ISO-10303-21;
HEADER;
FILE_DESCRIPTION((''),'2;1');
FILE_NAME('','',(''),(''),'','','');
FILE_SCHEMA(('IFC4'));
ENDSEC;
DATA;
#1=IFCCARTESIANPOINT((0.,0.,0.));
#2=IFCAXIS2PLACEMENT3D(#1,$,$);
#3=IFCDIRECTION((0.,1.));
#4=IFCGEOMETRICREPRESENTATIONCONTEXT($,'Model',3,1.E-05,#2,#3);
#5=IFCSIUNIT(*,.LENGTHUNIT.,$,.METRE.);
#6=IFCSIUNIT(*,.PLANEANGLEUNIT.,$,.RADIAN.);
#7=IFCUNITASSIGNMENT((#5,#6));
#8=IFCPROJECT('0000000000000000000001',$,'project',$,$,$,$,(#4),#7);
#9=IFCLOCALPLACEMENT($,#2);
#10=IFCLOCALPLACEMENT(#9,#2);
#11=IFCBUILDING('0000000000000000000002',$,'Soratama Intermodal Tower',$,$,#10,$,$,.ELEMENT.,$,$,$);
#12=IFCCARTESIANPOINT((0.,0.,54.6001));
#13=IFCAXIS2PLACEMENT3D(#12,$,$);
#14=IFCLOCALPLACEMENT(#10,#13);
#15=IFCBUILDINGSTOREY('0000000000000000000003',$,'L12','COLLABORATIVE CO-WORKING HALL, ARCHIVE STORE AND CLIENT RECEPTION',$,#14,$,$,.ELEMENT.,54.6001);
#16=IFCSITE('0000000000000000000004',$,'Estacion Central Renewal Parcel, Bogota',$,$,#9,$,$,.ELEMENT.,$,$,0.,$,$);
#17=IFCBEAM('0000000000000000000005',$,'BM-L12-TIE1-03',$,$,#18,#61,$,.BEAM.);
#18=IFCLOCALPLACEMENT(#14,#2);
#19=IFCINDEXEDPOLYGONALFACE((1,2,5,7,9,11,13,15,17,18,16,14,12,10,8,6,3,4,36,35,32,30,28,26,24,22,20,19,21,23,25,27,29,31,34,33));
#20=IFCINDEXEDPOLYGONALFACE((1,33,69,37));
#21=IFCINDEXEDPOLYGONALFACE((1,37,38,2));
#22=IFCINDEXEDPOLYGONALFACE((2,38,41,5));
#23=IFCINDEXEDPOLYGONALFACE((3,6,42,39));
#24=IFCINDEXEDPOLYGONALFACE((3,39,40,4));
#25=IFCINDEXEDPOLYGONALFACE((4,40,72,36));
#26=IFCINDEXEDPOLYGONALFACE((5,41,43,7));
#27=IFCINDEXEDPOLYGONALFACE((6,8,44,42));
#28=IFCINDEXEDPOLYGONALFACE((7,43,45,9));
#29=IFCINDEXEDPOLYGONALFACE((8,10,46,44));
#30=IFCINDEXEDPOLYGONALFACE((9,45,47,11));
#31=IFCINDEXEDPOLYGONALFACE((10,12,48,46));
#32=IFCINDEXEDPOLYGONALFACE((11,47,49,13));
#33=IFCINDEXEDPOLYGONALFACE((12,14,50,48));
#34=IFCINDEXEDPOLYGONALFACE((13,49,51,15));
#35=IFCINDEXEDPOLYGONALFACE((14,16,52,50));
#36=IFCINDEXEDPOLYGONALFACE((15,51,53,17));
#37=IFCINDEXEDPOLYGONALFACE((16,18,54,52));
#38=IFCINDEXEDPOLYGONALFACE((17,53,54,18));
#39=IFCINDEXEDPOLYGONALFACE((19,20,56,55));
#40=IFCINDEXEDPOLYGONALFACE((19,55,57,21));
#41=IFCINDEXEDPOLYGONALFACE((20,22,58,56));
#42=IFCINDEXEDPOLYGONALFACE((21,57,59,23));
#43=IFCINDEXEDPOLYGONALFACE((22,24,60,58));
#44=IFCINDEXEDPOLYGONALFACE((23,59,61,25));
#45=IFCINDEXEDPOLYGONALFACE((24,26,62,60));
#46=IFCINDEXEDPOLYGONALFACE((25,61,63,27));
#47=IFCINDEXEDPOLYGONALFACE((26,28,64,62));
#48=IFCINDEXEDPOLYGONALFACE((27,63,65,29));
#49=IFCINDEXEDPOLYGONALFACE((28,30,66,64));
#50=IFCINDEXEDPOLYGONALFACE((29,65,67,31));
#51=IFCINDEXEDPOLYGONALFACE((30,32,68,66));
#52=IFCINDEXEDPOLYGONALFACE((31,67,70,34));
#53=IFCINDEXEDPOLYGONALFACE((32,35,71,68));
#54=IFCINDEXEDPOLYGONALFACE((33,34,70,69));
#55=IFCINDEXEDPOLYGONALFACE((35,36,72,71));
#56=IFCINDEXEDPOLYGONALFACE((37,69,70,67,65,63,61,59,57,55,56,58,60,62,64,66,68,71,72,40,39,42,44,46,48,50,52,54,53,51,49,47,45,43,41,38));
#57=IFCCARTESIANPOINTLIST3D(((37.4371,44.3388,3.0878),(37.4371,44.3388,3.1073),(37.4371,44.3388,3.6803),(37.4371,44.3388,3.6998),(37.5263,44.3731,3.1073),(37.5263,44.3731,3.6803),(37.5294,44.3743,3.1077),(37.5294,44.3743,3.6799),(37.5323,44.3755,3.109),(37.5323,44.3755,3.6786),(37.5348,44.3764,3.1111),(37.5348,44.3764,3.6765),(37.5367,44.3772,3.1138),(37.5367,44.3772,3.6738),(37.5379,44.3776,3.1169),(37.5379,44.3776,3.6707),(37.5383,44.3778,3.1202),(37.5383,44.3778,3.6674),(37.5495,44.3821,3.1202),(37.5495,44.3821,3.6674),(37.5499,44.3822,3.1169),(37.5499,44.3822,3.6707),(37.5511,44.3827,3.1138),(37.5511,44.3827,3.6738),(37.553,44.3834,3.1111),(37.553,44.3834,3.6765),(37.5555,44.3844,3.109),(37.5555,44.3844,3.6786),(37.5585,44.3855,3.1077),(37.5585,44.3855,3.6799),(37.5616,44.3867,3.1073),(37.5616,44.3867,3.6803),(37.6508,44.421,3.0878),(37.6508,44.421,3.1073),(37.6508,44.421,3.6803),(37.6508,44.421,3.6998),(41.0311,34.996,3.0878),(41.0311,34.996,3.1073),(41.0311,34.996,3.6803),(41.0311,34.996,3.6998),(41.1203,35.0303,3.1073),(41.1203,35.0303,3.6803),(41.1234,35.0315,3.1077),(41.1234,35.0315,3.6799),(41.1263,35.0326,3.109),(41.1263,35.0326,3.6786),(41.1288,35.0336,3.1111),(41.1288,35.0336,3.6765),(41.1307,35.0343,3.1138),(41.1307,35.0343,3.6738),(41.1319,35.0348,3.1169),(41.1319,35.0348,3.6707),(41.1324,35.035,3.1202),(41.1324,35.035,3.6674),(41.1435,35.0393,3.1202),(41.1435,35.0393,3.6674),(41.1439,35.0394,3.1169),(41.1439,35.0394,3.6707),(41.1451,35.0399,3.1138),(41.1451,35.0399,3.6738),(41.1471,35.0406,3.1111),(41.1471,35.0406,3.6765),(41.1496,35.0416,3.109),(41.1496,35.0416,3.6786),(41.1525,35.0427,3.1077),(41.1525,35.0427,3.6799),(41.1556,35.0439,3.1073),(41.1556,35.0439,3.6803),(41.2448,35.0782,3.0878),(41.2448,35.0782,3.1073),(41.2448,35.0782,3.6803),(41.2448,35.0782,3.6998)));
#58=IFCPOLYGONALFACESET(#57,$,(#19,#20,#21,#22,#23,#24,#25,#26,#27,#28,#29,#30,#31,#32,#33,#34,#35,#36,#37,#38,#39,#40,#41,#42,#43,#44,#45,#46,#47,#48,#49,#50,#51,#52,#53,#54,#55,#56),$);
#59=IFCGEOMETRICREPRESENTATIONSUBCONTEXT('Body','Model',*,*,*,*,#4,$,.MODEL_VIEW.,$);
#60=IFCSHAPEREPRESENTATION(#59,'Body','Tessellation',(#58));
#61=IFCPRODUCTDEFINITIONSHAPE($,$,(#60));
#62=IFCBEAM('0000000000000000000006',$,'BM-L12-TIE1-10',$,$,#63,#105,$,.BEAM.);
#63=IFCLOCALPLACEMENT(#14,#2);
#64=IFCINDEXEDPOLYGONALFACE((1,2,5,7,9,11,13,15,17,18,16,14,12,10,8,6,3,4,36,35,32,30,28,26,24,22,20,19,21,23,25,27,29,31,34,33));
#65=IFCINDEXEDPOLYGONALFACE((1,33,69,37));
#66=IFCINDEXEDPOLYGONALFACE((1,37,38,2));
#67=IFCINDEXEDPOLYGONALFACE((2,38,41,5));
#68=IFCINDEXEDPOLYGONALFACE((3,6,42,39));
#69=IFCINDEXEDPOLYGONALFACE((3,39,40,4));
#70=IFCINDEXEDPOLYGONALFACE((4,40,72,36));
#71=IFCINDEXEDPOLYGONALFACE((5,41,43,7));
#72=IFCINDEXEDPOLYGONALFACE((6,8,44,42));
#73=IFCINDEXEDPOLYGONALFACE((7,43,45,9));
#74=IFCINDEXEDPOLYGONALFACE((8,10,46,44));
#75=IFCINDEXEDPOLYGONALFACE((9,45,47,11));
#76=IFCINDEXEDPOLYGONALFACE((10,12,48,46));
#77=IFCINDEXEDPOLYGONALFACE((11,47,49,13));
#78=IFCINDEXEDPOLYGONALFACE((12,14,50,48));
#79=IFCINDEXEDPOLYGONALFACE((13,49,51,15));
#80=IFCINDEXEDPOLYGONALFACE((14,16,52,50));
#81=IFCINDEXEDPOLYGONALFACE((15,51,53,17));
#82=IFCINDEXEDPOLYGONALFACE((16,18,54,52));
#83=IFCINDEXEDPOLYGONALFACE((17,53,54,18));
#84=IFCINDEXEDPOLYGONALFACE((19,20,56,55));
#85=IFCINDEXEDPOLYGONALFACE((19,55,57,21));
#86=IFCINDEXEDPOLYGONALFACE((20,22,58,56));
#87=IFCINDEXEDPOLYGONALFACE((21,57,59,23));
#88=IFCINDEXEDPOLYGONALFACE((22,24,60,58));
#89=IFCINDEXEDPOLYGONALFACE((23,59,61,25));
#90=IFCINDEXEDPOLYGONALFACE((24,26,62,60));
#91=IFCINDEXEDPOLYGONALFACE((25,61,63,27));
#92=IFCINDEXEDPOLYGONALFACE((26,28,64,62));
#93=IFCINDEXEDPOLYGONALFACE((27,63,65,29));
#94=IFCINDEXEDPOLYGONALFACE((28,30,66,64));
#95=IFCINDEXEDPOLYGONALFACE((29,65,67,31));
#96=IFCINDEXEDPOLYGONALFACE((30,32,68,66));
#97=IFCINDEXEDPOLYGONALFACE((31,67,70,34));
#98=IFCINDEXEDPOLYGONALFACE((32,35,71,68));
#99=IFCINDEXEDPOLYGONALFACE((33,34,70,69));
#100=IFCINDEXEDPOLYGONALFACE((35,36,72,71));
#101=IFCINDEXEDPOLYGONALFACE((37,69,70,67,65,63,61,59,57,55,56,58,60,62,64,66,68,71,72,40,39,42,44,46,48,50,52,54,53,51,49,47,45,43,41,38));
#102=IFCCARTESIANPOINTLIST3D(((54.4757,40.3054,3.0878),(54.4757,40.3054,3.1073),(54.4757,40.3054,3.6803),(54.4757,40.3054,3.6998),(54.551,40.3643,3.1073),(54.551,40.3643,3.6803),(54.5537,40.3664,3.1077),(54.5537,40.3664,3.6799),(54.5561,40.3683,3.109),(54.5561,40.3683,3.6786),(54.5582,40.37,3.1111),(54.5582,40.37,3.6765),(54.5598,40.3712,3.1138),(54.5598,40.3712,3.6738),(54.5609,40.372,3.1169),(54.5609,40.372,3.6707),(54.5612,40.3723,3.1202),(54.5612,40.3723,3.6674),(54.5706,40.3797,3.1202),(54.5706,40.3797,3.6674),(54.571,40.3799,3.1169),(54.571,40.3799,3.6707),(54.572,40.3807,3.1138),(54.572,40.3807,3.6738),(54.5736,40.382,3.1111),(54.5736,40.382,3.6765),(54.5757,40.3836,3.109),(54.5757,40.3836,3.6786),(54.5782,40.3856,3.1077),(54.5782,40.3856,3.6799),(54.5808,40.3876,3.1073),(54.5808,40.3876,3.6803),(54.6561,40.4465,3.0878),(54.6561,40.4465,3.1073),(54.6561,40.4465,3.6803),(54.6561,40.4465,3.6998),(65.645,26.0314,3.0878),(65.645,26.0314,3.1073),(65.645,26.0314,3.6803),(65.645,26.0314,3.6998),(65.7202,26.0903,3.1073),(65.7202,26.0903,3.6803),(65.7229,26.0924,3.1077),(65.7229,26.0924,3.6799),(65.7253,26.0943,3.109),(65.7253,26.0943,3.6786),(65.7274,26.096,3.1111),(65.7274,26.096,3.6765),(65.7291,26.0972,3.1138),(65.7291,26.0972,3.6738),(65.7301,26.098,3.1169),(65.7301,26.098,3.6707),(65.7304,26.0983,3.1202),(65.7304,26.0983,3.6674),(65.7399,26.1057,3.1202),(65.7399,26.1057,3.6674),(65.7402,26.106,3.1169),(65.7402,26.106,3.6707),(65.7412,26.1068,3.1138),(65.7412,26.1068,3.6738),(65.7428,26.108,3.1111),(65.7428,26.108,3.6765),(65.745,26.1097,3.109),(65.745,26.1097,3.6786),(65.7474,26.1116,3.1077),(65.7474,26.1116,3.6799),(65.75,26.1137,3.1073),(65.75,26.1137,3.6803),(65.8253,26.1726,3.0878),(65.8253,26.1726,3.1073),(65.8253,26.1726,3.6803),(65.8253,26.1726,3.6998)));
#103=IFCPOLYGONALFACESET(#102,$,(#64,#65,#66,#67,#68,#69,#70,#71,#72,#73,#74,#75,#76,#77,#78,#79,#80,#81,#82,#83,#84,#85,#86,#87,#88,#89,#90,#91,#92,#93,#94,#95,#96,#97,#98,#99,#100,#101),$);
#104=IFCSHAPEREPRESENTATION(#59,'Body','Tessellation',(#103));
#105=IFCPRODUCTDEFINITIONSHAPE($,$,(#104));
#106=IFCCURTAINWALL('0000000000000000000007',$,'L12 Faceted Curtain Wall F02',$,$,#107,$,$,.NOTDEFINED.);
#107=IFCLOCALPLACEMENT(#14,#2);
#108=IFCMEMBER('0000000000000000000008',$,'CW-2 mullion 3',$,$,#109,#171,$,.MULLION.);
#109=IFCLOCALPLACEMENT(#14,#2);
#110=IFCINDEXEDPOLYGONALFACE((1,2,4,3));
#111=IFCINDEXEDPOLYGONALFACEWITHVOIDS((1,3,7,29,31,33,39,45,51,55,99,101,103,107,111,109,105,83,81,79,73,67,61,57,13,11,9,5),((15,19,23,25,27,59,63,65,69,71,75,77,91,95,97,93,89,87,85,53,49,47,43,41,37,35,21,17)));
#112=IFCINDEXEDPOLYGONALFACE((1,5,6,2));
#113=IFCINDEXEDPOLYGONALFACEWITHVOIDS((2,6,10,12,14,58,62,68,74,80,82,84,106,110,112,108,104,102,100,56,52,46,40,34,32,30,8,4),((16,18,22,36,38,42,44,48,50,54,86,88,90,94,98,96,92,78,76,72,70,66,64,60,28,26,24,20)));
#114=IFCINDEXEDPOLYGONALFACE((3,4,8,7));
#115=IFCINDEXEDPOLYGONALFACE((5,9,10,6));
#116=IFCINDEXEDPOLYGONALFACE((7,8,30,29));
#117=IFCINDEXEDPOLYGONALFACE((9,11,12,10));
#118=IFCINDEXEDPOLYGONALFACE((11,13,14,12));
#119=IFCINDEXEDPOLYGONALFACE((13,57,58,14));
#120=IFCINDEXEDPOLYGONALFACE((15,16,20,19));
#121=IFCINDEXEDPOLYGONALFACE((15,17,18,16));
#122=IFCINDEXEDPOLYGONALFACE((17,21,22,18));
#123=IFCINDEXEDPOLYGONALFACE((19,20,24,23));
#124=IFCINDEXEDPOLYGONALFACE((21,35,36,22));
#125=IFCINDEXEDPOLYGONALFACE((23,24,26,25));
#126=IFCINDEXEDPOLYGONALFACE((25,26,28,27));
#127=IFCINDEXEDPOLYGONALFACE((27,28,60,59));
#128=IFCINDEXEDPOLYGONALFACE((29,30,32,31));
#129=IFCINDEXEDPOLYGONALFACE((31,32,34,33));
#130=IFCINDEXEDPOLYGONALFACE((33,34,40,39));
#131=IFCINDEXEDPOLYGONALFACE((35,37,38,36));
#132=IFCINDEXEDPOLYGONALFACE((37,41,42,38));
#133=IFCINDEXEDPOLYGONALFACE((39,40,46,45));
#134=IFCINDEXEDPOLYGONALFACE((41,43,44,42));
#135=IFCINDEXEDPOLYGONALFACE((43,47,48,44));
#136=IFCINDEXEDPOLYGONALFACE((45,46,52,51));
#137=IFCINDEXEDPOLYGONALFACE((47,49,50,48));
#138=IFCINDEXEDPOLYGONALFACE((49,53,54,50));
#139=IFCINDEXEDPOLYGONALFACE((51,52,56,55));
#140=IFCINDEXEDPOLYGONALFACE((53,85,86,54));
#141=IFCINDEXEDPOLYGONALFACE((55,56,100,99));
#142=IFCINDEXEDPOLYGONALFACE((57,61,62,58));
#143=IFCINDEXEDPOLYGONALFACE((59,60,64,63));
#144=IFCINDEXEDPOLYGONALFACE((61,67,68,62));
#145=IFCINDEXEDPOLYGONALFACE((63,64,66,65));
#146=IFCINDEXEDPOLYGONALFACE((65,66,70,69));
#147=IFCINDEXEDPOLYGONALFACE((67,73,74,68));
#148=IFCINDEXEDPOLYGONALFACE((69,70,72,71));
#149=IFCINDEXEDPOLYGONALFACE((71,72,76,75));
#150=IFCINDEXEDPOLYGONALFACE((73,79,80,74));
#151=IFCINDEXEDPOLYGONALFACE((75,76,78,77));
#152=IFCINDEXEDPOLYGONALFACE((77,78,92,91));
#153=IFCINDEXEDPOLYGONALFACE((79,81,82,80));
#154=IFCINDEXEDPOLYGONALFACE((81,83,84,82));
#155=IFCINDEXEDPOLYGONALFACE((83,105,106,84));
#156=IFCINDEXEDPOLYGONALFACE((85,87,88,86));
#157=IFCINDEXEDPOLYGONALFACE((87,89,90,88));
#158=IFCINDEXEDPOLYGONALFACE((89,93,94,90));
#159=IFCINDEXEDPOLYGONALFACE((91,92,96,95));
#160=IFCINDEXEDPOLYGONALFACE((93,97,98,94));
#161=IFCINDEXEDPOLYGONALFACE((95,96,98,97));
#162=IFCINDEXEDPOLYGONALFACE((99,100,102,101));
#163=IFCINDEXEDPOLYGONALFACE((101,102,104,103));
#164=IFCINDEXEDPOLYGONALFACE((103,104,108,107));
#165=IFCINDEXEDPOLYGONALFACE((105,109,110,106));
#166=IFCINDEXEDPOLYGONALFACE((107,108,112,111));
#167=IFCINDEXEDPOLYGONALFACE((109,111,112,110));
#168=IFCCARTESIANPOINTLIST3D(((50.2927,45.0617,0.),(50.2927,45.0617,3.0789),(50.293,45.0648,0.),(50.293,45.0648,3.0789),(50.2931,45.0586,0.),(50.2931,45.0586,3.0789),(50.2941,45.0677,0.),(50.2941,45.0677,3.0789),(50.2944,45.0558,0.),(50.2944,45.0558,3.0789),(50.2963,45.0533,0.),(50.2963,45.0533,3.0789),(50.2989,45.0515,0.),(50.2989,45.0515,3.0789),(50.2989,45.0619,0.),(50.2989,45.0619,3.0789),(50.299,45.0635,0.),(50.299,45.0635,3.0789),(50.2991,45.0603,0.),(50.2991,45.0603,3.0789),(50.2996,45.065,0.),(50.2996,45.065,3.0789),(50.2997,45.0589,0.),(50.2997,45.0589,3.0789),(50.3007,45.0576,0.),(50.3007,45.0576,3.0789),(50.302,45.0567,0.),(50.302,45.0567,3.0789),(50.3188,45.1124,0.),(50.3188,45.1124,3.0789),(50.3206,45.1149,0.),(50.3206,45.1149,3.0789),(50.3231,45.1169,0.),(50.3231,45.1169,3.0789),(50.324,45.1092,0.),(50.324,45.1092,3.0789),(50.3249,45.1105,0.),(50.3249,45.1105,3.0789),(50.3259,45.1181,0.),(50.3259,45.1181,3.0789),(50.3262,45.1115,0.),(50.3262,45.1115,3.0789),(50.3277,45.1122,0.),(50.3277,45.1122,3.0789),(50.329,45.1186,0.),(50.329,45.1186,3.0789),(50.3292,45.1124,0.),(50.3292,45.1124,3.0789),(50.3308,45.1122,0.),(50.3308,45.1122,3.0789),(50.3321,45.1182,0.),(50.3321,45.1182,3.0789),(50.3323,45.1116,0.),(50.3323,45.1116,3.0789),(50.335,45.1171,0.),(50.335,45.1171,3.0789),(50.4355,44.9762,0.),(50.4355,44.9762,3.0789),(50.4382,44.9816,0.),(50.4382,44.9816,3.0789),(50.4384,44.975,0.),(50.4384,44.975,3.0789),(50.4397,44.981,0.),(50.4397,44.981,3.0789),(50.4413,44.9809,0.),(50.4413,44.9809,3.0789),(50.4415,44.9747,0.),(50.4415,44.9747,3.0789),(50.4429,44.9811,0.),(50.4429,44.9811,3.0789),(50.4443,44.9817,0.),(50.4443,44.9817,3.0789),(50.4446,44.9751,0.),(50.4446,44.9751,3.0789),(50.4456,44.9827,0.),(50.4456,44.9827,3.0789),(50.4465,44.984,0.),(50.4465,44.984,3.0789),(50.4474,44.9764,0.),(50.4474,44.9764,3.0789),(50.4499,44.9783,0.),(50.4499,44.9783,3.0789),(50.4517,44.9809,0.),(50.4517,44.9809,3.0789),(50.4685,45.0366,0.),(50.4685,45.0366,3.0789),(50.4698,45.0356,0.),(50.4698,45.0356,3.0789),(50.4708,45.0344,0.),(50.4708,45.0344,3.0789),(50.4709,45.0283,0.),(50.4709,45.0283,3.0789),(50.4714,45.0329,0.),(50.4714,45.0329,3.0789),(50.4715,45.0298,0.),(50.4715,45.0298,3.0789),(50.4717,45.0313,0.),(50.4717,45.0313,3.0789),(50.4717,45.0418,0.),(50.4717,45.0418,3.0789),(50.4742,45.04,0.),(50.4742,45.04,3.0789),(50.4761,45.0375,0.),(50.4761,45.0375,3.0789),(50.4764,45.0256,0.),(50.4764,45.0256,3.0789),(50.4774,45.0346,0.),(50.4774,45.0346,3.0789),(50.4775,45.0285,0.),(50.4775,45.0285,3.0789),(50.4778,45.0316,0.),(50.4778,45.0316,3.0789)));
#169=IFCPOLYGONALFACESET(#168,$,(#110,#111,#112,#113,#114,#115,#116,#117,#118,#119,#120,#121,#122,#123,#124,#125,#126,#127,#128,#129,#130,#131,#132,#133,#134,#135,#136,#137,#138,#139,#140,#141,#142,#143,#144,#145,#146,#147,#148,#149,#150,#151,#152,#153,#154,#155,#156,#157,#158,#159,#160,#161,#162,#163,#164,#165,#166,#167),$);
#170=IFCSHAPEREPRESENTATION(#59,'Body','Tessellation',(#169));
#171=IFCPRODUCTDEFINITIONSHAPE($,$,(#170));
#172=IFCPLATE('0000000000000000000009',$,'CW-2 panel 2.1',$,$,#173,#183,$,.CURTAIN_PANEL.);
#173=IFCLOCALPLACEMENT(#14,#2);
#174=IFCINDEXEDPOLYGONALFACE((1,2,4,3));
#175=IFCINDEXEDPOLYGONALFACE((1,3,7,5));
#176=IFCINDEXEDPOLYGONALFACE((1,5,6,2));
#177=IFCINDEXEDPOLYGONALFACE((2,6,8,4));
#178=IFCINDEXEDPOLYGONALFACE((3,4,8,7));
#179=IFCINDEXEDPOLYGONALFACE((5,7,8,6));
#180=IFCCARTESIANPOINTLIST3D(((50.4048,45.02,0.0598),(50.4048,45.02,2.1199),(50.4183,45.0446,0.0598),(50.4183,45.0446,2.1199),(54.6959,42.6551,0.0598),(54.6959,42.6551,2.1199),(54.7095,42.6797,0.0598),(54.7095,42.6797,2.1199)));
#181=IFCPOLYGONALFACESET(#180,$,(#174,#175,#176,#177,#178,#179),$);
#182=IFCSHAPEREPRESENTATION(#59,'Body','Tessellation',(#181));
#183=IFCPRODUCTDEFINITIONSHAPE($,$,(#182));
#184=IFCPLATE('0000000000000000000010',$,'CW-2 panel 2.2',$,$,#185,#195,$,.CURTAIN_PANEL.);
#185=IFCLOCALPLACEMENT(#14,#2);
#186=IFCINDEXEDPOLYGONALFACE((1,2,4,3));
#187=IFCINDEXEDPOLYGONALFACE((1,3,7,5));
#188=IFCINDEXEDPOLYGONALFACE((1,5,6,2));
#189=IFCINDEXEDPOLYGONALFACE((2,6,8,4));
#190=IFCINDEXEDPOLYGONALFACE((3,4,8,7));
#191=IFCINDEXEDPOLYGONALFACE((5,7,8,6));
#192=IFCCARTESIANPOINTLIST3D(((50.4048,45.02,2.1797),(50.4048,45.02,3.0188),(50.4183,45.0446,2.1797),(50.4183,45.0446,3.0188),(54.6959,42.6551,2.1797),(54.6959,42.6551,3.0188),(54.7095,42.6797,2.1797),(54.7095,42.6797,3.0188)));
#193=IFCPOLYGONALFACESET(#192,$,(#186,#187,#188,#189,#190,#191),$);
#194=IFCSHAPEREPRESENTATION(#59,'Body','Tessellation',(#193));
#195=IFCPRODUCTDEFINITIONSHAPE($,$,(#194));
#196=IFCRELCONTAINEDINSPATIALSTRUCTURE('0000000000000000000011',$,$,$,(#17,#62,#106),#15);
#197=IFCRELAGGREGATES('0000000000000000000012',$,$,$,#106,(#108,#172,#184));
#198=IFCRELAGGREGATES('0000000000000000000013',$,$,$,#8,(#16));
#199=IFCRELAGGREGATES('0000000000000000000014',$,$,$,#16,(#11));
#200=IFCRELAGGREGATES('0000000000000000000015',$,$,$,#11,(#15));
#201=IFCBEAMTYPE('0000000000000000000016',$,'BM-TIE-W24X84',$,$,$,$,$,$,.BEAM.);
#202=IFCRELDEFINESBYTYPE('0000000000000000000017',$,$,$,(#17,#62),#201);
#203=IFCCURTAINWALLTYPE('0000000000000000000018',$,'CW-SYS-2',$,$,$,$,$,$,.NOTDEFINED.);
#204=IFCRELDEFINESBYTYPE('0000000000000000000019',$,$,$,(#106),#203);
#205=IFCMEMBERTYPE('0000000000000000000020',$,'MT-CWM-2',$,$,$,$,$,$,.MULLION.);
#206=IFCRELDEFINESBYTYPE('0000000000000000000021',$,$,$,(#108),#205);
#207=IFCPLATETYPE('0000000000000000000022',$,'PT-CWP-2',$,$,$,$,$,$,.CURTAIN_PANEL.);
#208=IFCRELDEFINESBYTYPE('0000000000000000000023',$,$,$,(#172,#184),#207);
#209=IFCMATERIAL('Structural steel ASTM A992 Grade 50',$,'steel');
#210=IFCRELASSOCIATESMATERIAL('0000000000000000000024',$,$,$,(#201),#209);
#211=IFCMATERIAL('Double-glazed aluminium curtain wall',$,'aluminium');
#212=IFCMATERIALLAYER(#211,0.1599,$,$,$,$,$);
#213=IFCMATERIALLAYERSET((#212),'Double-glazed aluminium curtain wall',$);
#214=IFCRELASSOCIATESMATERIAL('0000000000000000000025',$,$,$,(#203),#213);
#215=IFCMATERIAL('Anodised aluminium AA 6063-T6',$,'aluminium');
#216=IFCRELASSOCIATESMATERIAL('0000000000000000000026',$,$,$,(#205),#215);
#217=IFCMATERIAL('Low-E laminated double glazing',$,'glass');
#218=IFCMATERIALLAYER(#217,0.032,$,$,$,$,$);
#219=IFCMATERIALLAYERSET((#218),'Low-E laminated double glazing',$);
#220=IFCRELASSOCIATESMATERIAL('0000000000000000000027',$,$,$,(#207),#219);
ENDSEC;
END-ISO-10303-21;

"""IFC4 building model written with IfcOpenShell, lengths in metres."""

from ifc_helpers import new_model, si_unit, direction, frame, origin, origin_2d, place, context, subcontext, project, spatial, rectangle, hollow_rectangle, i_section, extrude, material, layer, layer_set, material_profile, profile_set, type_object, element, aggregate, save


model = new_model("IFC4")

# Units and contexts
model_context = context("Model", 3, precision=1e-05, world=origin(), true_north=direction((0.0, 1.0)))
body_context = subcontext(model_context, "Body", "Model", "MODEL_VIEW")
ifc_project = project(units=[si_unit("LENGTHUNIT", "METRE"), si_unit("PLANEANGLEUNIT", "RADIAN")], contexts=[model_context])

# Site, building, storey
site_placement = place(None, origin())
site = spatial("IfcSite", under=ifc_project, at=site_placement, Name="Estacion Central Renewal Parcel, Bogota", CompositionType="ELEMENT", RefElevation=0.0)
building_placement = place(site_placement, origin())
building = spatial("IfcBuilding", under=site, at=building_placement, Name="Soratama Intermodal Tower", CompositionType="ELEMENT")
storey_placement = place(building_placement, frame((0.0, 0.0, 54.6001)))
storey = spatial("IfcBuildingStorey", under=building, at=storey_placement, Name="L12", Description="COLLABORATIVE CO-WORKING HALL, ARCHIVE STORE AND CLIENT RECEPTION", CompositionType="ELEMENT", Elevation=54.6001)

# Beams
ifc_material_1 = material(Name="Structural steel ASTM A992 Grade 50", Category="steel")
ifc_material_profile_1 = material_profile(ifc_material_1, i_section(OverallWidth=0.229, OverallDepth=0.6121, WebThickness=0.012, FlangeThickness=0.0195, FilletRadius=0.0129, at=origin_2d()), Name="W24X84")
ifc_profile_set_1 = profile_set([ifc_material_profile_1], Name="Structural steel ASTM A992 Grade 50")
beam_type_1 = type_object("IfcBeamType", Name="BM-TIE-W24X84", PredefinedType="BEAM", material=ifc_profile_set_1)
beam_1_placement = place(storey_placement, frame((41.1379, 35.0371, 3.3938), z_axis=(-0.359033, 0.933325, 0.0), x_axis=(-0.933325, -0.359033, 0.0)))
element("IfcBeam", 1, at=beam_1_placement, inside=storey, type_object=beam_type_1, Name="BM-L12-TIE1-03", PredefinedType="BEAM", context=body_context, shape_type="SweptSolid", body=[
    extrude(i_section(OverallWidth=0.229, OverallDepth=0.6121, WebThickness=0.012, FlangeThickness=0.0195, FilletRadius=0.0129, at=origin_2d()), origin(), (0.0, 0.0, 1.0), 10.0103),
])
beam_2_placement = place(storey_placement, frame((54.5659, 40.376, 3.3938), z_axis=(0.61625, -0.787551, 0.0), x_axis=(0.787551, 0.61625, 0.0)))
element("IfcBeam", 2, at=beam_2_placement, inside=storey, type_object=beam_type_1, Name="BM-L12-TIE1-10", PredefinedType="BEAM", context=body_context, shape_type="SweptSolid", body=[
    extrude(i_section(OverallWidth=0.229, OverallDepth=0.6121, WebThickness=0.012, FlangeThickness=0.0195, FilletRadius=0.0129, at=origin_2d()), origin(), (0.0, 0.0, 1.0), 18.1245),
])

# Curtain wall, member, plates
ifc_material_2 = material(Name="Double-glazed aluminium curtain wall", Category="aluminium")
ifc_layer_1 = layer(ifc_material_2, 0.1599)
ifc_layer_set_1 = layer_set([ifc_layer_1], Name="Double-glazed aluminium curtain wall")
curtain_wall_type = type_object("IfcCurtainWallType", Name="CW-SYS-2", PredefinedType="NOTDEFINED", material=ifc_layer_set_1)
curtain_wall_placement = place(storey_placement, origin())
curtain_wall = element("IfcCurtainWall", 3, at=curtain_wall_placement, inside=storey, type_object=curtain_wall_type, Name="L12 Faceted Curtain Wall F02", PredefinedType="NOTDEFINED")
ifc_material_3 = material(Name="Anodised aluminium AA 6063-T6", Category="aluminium")
ifc_material_profile_2 = material_profile(ifc_material_3, hollow_rectangle(XDim=0.075, YDim=0.1799, WallThickness=0.0061, InnerFilletRadius=0.0061, OuterFilletRadius=0.012, at=origin_2d()), Name="CWM180X75X6")
ifc_profile_set_2 = profile_set([ifc_material_profile_2], Name="Anodised aluminium AA 6063-T6")
member_type = type_object("IfcMemberType", Name="MT-CWM-2", PredefinedType="MULLION", material=ifc_profile_set_2)
member_placement = place(storey_placement, frame((50.3853, 45.0466, 0.0), z_axis=(0.0, 0.0, 1.0), x_axis=(-0.482678, -0.875798, 0.0)))
member = element("IfcMember", 4, at=member_placement, type_object=member_type, Name="CW-2 mullion 3", PredefinedType="MULLION", context=body_context, shape_type="SweptSolid", body=[
    extrude(hollow_rectangle(XDim=0.075, YDim=0.1799, WallThickness=0.0061, InnerFilletRadius=0.0061, OuterFilletRadius=0.012, at=origin_2d()), origin(), (0.0, 0.0, 1.0), 3.0789),
])
ifc_material_4 = material(Name="Low-E laminated double glazing", Category="glass")
ifc_layer_2 = layer(ifc_material_4, 0.032)
ifc_layer_set_2 = layer_set([ifc_layer_2], Name="Low-E laminated double glazing")
plate_type = type_object("IfcPlateType", Name="PT-CWP-2", PredefinedType="CURTAIN_PANEL", material=ifc_layer_set_2)
plate_1_placement = place(storey_placement, frame((52.5571, 43.8499, 0.0598), z_axis=(0.0, 0.0, 1.0), x_axis=(-0.875798, 0.482678, 0.0)))
plate_1 = element("IfcPlate", 5, at=plate_1_placement, type_object=plate_type, Name="CW-2 panel 2.1", PredefinedType="CURTAIN_PANEL", context=body_context, shape_type="SweptSolid", body=[
    extrude(rectangle(XDim=4.8997, YDim=0.0281, at=origin_2d()), origin(), (0.0, 0.0, 1.0), 2.0601),
])
plate_2_placement = place(storey_placement, frame((52.5571, 43.8499, 2.1797), z_axis=(0.0, 0.0, 1.0), x_axis=(-0.875798, 0.482678, 0.0)))
plate_2 = element("IfcPlate", 6, at=plate_2_placement, type_object=plate_type, Name="CW-2 panel 2.2", PredefinedType="CURTAIN_PANEL", context=body_context, shape_type="SweptSolid", body=[
    extrude(rectangle(XDim=4.8997, YDim=0.0281, at=origin_2d()), origin(), (0.0, 0.0, 1.0), 0.8391),
])
aggregate(curtain_wall, [member, plate_1, plate_2])

save(model, "model.ifc")
